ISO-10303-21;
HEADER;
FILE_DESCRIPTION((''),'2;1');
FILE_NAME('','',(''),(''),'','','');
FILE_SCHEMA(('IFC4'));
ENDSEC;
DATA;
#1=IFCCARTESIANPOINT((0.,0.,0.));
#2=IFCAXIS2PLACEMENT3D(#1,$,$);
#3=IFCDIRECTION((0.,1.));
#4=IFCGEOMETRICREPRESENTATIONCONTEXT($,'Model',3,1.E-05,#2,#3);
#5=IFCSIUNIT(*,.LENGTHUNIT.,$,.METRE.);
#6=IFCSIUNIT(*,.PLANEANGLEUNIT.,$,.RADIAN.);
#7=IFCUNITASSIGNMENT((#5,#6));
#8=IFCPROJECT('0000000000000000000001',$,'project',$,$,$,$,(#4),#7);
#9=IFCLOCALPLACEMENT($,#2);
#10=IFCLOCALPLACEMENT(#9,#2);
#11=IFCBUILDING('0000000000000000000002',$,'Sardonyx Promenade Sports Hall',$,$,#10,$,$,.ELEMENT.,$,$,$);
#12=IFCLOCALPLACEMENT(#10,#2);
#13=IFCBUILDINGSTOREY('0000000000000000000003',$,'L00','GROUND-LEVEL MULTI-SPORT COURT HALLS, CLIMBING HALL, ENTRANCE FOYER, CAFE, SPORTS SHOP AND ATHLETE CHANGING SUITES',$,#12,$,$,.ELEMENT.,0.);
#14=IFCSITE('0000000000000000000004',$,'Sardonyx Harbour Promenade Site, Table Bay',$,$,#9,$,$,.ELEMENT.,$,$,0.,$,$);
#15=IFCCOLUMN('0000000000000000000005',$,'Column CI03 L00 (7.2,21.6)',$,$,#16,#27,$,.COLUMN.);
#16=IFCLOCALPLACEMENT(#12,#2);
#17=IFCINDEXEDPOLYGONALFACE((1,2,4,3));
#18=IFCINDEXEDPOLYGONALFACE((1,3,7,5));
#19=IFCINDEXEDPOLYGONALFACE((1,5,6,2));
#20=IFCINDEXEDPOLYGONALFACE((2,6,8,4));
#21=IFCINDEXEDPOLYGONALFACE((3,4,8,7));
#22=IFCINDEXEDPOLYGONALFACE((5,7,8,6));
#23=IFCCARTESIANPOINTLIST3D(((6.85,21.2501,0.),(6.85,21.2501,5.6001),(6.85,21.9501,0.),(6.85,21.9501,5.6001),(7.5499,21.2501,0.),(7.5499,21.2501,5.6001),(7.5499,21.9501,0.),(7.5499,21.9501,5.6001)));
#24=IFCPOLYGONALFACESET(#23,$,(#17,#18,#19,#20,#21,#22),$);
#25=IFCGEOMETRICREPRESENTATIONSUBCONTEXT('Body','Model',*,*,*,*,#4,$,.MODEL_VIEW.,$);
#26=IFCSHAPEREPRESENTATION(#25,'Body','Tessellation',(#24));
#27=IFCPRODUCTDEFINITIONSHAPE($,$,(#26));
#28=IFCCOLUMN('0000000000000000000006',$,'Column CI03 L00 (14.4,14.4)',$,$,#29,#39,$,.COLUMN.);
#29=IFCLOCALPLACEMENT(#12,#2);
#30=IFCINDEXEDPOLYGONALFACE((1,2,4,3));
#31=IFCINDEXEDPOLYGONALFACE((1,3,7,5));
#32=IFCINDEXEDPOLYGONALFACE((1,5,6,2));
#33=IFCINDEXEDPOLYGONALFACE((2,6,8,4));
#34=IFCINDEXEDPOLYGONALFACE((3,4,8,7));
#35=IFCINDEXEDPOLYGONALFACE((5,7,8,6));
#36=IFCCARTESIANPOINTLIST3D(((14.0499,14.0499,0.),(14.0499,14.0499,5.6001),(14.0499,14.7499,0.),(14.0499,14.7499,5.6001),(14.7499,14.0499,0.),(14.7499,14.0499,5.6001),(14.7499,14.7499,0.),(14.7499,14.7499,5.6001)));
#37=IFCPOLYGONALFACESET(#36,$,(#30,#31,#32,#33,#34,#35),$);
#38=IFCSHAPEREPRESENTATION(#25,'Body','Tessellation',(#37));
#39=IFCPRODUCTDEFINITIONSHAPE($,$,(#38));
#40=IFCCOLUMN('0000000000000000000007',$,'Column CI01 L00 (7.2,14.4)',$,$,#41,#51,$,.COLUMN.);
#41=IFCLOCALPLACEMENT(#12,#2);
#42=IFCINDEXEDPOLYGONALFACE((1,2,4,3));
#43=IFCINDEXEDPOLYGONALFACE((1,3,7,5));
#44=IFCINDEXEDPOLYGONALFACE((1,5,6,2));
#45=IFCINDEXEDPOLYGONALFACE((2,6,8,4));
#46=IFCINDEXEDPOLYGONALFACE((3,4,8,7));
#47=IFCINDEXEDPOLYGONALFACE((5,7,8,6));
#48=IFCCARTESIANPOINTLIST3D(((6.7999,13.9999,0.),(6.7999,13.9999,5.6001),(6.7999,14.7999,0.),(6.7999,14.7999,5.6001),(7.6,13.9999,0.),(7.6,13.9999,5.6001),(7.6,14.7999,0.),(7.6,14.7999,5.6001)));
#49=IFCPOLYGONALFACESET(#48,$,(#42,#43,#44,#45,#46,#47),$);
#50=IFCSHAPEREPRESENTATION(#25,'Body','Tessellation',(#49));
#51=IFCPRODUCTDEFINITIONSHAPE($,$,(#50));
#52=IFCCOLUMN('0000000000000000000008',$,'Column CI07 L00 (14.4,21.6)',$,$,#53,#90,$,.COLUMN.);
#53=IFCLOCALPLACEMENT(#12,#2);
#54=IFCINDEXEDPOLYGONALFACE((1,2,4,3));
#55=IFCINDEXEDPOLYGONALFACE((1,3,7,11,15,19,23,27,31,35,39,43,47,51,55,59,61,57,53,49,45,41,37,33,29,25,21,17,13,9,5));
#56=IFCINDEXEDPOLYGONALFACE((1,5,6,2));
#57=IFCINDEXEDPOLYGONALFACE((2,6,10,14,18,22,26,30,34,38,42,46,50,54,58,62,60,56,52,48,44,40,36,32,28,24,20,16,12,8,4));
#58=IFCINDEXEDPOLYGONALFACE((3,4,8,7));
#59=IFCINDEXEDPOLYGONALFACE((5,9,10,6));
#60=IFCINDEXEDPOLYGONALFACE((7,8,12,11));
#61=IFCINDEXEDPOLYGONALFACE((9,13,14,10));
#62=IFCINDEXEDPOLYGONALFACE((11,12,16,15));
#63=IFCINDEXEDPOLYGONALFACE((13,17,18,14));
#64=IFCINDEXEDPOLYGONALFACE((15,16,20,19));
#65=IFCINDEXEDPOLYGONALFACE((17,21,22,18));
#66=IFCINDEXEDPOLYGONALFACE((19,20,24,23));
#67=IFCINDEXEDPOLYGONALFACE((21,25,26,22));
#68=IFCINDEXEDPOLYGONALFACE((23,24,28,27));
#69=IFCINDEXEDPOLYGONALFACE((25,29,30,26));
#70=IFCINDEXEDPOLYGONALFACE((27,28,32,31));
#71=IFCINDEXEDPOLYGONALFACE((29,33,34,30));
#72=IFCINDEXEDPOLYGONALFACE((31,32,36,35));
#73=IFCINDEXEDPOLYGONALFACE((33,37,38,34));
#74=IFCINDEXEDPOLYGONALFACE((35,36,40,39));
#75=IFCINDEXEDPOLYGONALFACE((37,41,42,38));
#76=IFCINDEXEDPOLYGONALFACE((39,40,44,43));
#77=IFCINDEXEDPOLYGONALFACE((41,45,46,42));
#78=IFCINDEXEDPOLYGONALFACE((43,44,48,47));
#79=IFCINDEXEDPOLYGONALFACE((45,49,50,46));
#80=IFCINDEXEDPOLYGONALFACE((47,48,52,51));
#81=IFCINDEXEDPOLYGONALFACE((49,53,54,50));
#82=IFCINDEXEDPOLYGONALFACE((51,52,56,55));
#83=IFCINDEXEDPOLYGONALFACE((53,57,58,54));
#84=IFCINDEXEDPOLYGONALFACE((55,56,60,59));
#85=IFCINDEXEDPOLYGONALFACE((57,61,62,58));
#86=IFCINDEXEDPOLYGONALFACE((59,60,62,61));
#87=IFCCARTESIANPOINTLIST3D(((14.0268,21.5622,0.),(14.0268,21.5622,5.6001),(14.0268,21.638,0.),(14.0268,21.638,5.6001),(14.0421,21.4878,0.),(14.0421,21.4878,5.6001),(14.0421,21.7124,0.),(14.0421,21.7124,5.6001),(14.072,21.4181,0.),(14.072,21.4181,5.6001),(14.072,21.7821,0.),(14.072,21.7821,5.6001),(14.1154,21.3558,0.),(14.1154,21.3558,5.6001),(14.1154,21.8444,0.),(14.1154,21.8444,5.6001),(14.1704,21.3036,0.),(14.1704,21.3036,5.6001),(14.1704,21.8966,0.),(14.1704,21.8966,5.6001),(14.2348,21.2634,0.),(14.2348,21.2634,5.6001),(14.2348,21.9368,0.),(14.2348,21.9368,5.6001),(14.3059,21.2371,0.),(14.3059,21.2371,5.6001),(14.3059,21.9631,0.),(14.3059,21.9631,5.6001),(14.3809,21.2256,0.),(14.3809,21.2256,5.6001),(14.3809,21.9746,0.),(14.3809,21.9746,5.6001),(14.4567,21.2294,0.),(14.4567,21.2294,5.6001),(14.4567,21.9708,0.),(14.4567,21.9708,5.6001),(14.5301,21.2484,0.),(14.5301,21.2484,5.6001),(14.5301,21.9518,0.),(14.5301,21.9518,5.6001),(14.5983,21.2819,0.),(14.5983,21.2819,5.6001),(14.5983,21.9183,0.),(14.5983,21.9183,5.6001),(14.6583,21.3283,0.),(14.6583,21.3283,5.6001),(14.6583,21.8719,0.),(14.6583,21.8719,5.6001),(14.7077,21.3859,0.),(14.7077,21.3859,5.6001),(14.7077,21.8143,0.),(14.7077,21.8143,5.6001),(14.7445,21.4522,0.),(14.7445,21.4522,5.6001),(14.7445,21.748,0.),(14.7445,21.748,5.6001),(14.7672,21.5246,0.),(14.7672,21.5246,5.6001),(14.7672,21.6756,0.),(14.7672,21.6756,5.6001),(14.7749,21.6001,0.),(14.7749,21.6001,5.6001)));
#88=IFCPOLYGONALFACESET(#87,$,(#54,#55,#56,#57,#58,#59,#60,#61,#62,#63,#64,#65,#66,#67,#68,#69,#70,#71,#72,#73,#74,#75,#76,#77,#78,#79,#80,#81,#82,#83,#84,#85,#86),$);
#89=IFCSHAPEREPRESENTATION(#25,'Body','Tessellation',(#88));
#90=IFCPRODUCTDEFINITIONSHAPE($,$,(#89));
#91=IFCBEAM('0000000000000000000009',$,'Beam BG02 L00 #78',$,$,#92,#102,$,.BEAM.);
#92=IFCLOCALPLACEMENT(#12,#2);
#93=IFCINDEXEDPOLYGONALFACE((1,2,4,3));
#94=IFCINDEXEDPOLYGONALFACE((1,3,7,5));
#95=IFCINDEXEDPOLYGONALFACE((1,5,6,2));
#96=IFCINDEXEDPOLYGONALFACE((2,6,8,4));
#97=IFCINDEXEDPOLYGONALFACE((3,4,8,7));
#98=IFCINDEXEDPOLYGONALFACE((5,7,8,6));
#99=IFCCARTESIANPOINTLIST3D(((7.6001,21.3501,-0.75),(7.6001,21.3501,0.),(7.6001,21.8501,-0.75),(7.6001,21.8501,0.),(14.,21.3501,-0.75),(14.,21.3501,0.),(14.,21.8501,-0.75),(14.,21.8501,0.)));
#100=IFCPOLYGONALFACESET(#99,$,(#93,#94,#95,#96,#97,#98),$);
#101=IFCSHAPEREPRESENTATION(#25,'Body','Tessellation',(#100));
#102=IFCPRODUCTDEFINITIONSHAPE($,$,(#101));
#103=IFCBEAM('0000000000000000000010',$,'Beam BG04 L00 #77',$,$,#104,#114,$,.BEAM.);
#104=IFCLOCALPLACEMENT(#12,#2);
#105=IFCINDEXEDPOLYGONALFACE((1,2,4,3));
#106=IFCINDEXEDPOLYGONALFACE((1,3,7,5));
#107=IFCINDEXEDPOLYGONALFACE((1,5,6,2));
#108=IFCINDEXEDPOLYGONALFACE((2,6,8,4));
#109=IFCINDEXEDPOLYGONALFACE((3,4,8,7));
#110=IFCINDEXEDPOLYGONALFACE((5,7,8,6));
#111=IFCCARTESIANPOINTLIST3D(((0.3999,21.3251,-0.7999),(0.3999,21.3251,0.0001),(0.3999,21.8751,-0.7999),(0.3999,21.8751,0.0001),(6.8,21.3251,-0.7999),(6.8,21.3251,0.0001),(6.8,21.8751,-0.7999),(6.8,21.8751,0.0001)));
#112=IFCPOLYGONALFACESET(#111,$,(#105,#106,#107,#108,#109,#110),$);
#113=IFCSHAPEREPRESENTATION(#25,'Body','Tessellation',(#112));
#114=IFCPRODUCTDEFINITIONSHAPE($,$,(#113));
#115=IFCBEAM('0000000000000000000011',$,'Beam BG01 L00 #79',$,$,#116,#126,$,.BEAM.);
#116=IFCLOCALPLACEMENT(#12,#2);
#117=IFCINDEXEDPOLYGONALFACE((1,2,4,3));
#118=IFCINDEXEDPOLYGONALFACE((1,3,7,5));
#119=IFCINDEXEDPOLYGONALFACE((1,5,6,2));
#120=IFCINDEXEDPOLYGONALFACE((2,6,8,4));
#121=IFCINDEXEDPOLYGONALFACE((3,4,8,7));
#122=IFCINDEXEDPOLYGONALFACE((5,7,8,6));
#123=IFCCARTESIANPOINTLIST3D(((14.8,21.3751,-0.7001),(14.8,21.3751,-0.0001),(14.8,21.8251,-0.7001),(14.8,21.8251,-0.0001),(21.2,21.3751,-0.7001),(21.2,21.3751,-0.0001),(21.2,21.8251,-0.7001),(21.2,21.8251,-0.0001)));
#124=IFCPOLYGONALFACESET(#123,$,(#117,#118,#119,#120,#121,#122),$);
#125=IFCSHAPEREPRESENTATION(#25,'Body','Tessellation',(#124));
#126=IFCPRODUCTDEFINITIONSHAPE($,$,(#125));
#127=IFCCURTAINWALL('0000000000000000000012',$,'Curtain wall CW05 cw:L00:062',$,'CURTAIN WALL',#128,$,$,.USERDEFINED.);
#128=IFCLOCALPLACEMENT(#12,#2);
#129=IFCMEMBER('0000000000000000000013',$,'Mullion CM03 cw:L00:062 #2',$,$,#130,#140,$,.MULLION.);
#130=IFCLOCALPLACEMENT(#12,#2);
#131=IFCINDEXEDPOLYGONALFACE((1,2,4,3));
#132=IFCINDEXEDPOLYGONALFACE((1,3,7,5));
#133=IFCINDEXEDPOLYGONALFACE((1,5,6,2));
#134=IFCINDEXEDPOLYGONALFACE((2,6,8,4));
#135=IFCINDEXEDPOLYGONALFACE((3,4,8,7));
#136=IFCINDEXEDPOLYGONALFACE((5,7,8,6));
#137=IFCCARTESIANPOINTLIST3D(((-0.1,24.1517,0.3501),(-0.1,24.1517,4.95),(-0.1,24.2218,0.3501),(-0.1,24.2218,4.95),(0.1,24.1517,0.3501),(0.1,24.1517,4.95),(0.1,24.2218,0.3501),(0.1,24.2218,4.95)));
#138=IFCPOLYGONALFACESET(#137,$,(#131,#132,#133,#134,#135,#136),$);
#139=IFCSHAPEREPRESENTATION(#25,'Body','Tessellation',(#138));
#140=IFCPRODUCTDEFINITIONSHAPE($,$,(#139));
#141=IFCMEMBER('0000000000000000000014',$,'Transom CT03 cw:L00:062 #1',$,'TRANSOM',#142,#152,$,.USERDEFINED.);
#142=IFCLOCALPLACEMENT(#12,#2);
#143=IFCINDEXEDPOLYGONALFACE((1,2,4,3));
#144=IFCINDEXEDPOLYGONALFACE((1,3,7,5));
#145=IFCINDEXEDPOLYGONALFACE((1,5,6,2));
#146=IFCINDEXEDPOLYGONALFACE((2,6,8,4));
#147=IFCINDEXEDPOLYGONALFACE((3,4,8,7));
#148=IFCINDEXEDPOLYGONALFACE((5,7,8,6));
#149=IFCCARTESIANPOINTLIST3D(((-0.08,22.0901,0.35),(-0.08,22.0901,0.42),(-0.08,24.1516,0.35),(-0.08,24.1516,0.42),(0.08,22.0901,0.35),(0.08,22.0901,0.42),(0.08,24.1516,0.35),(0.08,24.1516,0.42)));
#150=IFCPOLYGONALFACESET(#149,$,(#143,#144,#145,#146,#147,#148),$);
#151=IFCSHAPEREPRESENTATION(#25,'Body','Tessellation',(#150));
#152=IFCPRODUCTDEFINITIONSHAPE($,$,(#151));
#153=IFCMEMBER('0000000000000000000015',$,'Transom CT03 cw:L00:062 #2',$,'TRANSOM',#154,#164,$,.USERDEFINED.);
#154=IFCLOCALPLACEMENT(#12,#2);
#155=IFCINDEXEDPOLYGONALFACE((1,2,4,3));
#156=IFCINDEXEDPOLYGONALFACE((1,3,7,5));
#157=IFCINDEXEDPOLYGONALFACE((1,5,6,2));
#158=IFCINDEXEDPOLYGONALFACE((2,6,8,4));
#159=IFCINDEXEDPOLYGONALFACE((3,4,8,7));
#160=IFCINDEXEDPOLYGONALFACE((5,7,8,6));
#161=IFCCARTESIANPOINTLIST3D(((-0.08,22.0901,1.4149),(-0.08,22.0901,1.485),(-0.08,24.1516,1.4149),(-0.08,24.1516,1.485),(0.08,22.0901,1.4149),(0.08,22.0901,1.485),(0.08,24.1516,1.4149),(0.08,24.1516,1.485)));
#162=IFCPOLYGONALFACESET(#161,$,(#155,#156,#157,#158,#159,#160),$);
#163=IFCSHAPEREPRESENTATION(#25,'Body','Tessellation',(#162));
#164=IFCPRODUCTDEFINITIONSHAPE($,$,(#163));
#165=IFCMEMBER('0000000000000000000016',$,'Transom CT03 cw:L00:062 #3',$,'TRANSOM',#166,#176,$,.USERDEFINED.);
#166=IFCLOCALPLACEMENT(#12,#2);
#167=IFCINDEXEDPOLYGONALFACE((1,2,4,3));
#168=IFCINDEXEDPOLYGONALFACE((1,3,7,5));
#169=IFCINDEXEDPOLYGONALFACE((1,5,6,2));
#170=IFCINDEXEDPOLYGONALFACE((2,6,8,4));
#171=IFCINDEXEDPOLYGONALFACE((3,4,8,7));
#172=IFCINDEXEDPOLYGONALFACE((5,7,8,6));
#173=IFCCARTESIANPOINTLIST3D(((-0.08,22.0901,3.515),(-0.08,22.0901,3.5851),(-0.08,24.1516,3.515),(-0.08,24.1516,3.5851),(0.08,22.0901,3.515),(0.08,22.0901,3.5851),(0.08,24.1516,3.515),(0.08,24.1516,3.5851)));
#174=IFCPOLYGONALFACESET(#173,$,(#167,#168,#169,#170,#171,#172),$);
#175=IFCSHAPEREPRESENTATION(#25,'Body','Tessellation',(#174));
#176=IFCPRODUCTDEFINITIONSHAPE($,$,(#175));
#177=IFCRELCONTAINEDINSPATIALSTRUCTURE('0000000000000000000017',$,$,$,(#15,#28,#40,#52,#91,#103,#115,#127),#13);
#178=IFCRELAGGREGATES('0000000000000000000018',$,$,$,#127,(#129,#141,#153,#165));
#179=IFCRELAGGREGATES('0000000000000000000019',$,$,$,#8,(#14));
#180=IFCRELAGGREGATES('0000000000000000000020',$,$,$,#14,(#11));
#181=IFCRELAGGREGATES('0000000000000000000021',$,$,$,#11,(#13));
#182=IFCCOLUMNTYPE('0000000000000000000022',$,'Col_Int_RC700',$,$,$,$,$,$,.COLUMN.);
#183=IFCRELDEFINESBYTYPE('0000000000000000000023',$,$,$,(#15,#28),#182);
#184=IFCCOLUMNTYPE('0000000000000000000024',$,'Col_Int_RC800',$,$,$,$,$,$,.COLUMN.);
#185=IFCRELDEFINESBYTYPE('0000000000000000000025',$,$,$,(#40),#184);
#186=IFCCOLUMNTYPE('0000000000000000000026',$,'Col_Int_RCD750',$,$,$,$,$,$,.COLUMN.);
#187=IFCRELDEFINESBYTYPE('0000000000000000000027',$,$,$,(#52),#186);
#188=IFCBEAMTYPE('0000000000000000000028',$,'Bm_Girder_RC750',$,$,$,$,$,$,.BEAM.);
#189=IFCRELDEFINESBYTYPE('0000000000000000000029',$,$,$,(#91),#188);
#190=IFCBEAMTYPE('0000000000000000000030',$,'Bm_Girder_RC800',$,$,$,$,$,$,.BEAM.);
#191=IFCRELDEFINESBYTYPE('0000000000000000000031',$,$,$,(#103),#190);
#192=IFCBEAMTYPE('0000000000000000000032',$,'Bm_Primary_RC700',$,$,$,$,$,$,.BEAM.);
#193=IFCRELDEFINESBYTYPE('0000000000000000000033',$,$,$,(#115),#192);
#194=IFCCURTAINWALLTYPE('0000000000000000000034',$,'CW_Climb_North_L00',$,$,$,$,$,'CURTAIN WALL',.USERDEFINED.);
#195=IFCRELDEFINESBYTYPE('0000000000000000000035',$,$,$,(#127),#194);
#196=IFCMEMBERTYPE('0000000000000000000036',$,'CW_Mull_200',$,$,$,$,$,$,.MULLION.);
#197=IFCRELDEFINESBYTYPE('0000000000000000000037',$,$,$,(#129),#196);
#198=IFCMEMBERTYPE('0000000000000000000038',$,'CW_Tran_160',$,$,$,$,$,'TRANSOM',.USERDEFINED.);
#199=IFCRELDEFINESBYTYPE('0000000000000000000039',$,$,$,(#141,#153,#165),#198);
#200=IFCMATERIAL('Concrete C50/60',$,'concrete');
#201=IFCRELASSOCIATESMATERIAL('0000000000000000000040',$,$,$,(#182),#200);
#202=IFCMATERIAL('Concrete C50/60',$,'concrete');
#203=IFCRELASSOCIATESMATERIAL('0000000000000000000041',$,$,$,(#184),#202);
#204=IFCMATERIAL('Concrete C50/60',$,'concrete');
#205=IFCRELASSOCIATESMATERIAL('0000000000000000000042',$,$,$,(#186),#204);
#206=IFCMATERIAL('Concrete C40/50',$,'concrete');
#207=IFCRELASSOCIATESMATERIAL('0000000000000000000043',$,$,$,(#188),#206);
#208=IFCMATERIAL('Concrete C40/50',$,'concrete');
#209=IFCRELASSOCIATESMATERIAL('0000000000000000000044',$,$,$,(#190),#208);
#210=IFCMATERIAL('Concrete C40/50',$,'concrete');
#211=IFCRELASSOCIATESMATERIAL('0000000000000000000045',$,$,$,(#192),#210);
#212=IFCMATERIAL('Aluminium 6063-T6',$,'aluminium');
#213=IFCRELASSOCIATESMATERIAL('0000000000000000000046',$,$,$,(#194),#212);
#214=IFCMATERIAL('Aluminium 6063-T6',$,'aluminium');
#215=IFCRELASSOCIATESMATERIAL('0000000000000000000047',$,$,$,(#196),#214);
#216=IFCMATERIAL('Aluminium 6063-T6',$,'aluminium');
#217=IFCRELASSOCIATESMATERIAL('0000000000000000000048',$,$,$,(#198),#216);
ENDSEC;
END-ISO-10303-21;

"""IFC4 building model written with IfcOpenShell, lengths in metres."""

from ifc_helpers import new_model, si_unit, direction, frame, origin, origin_2d, place, context, subcontext, project, spatial, rectangle, circle, extrude, material, material_profile, profile_set, type_object, element, aggregate, save


model = new_model("IFC4")

# Units and contexts
model_context = context("Model", 3, precision=1e-05, world=origin(), true_north=direction((0.0, 1.0)))
body_context = subcontext(model_context, "Body", "Model", "MODEL_VIEW")
ifc_project = project(units=[si_unit("LENGTHUNIT", "METRE"), si_unit("PLANEANGLEUNIT", "RADIAN")], contexts=[model_context])

# Site, building, storey
site_placement = place(None, origin())
site = spatial("IfcSite", under=ifc_project, at=site_placement, Name="Sardonyx Harbour Promenade Site, Table Bay", CompositionType="ELEMENT", RefElevation=0.0)
building_placement = place(site_placement, origin())
building = spatial("IfcBuilding", under=site, at=building_placement, Name="Sardonyx Promenade Sports Hall", CompositionType="ELEMENT")
storey_placement = place(building_placement, origin())
storey = spatial("IfcBuildingStorey", under=building, at=storey_placement, Name="L00", Description="GROUND-LEVEL MULTI-SPORT COURT HALLS, CLIMBING HALL, ENTRANCE FOYER, CAFE, SPORTS SHOP AND ATHLETE CHANGING SUITES", CompositionType="ELEMENT", Elevation=0.0)

# Columns
ifc_material_1 = material(Name="Concrete C50/60", Category="concrete")
ifc_material_profile_1 = material_profile(ifc_material_1, rectangle(XDim=0.7, YDim=0.7, at=origin_2d()))
ifc_profile_set_1 = profile_set([ifc_material_profile_1], Name="Concrete C50/60")
column_type_1 = type_object("IfcColumnType", Name="Col_Int_RC700", PredefinedType="COLUMN", material=ifc_profile_set_1)
for number, where, z_axis, x_axis, name in (
    (1, (7.2, 21.6001, 0.0), (0.0, 0.0, 1.0), (1.0, 0.0, 0.0), "Column CI03 L00 (7.2,21.6)"),
    (2, (14.3999, 14.3999, 0.0), (0.0, 0.0, 1.0), (1.0, 0.0, 0.0), "Column CI03 L00 (14.4,14.4)"),
):
    element("IfcColumn", number, at=place(storey_placement, frame(where, z_axis=z_axis, x_axis=x_axis)), inside=storey, type_object=column_type_1, Name=name, PredefinedType="COLUMN", context=body_context, shape_type="SweptSolid", body=[
        extrude(rectangle(XDim=0.7, YDim=0.7, at=origin_2d()), origin(), (0.0, 0.0, 1.0), 5.6001),
    ])
ifc_material_2 = material(Name="Concrete C50/60", Category="concrete")
ifc_material_profile_2 = material_profile(ifc_material_2, rectangle(XDim=0.8, YDim=0.8, at=origin_2d()))
ifc_profile_set_2 = profile_set([ifc_material_profile_2], Name="Concrete C50/60")
column_type_2 = type_object("IfcColumnType", Name="Col_Int_RC800", PredefinedType="COLUMN", material=ifc_profile_set_2)
column_1_placement = place(storey_placement, frame((7.2, 14.3999, 0.0), z_axis=(0.0, 0.0, 1.0), x_axis=(1.0, 0.0, 0.0)))
element("IfcColumn", 3, at=column_1_placement, inside=storey, type_object=column_type_2, Name="Column CI01 L00 (7.2,14.4)", PredefinedType="COLUMN", context=body_context, shape_type="SweptSolid", body=[
    extrude(rectangle(XDim=0.8, YDim=0.8, at=origin_2d()), origin(), (0.0, 0.0, 1.0), 5.6001),
])
ifc_material_3 = material(Name="Concrete C50/60", Category="concrete")
ifc_material_profile_3 = material_profile(ifc_material_3, circle(Radius=0.375, at=origin_2d()))
ifc_profile_set_3 = profile_set([ifc_material_profile_3], Name="Concrete C50/60")
column_type_3 = type_object("IfcColumnType", Name="Col_Int_RCD750", PredefinedType="COLUMN", material=ifc_profile_set_3)
column_2_placement = place(storey_placement, frame((14.3999, 21.6001, 0.0), z_axis=(0.0, 0.0, 1.0), x_axis=(1.0, 0.0, 0.0)))
element("IfcColumn", 4, at=column_2_placement, inside=storey, type_object=column_type_3, Name="Column CI07 L00 (14.4,21.6)", PredefinedType="COLUMN", context=body_context, shape_type="SweptSolid", body=[
    extrude(circle(Radius=0.375, at=origin_2d()), origin(), (0.0, 0.0, 1.0), 5.6001),
])

# Beams
ifc_material_4 = material(Name="Concrete C40/50", Category="concrete")
ifc_material_profile_4 = material_profile(ifc_material_4, rectangle(XDim=0.5, YDim=0.75, at=origin_2d()))
ifc_profile_set_4 = profile_set([ifc_material_profile_4], Name="Concrete C40/50")
beam_type_1 = type_object("IfcBeamType", Name="Bm_Girder_RC750", PredefinedType="BEAM", material=ifc_profile_set_4)
beam_1_placement = place(storey_placement, frame((7.6001, 21.6001, -0.375), z_axis=(1.0, 0.0, 0.0), x_axis=(0.0, 1.0, 0.0)))
element("IfcBeam", 5, at=beam_1_placement, inside=storey, type_object=beam_type_1, Name="Beam BG02 L00 #78", PredefinedType="BEAM", context=body_context, shape_type="SweptSolid", body=[
    extrude(rectangle(XDim=0.5, YDim=0.75, at=origin_2d()), origin(), (0.0, 0.0, 1.0), 6.3999),
])
ifc_material_5 = material(Name="Concrete C40/50", Category="concrete")
ifc_material_profile_5 = material_profile(ifc_material_5, rectangle(XDim=0.55, YDim=0.8, at=origin_2d()))
ifc_profile_set_5 = profile_set([ifc_material_profile_5], Name="Concrete C40/50")
beam_type_2 = type_object("IfcBeamType", Name="Bm_Girder_RC800", PredefinedType="BEAM", material=ifc_profile_set_5)
beam_2_placement = place(storey_placement, frame((0.3999, 21.6001, -0.3999), z_axis=(1.0, 0.0, 0.0), x_axis=(0.0, 1.0, 0.0)))
element("IfcBeam", 6, at=beam_2_placement, inside=storey, type_object=beam_type_2, Name="Beam BG04 L00 #77", PredefinedType="BEAM", context=body_context, shape_type="SweptSolid", body=[
    extrude(rectangle(XDim=0.55, YDim=0.8, at=origin_2d()), origin(), (0.0, 0.0, 1.0), 6.4001),
])
ifc_material_6 = material(Name="Concrete C40/50", Category="concrete")
ifc_material_profile_6 = material_profile(ifc_material_6, rectangle(XDim=0.45, YDim=0.7, at=origin_2d()))
ifc_profile_set_6 = profile_set([ifc_material_profile_6], Name="Concrete C40/50")
beam_type_3 = type_object("IfcBeamType", Name="Bm_Primary_RC700", PredefinedType="BEAM", material=ifc_profile_set_6)
beam_3_placement = place(storey_placement, frame((14.8, 21.6001, -0.3501), z_axis=(1.0, 0.0, 0.0), x_axis=(0.0, 1.0, 0.0)))
element("IfcBeam", 7, at=beam_3_placement, inside=storey, type_object=beam_type_3, Name="Beam BG01 L00 #79", PredefinedType="BEAM", context=body_context, shape_type="SweptSolid", body=[
    extrude(rectangle(XDim=0.45, YDim=0.7, at=origin_2d()), origin(), (0.0, 0.0, 1.0), 6.3999),
])

# Curtain wall, members
ifc_material_7 = material(Name="Aluminium 6063-T6", Category="aluminium")
curtain_wall_type = type_object("IfcCurtainWallType", Name="CW_Climb_North_L00", ElementType="CURTAIN WALL", PredefinedType="USERDEFINED", material=ifc_material_7)
curtain_wall_placement = place(storey_placement, origin())
curtain_wall = element("IfcCurtainWall", 8, at=curtain_wall_placement, inside=storey, type_object=curtain_wall_type, Name="Curtain wall CW05 cw:L00:062", ObjectType="CURTAIN WALL", PredefinedType="USERDEFINED")
ifc_material_8 = material(Name="Aluminium 6063-T6", Category="aluminium")
ifc_material_profile_7 = material_profile(ifc_material_8, rectangle(XDim=0.0701, YDim=0.2, at=origin_2d()))
ifc_profile_set_7 = profile_set([ifc_material_profile_7], Name="Aluminium 6063-T6")
member_type_1 = type_object("IfcMemberType", Name="CW_Mull_200", PredefinedType="MULLION", material=ifc_profile_set_7)
member_1_placement = place(storey_placement, frame((0.0, 24.1868, 0.3501), z_axis=(0.0, 0.0, 1.0), x_axis=(0.0, 1.0, 0.0)))
member_1 = element("IfcMember", 9, at=member_1_placement, type_object=member_type_1, Name="Mullion CM03 cw:L00:062 #2", PredefinedType="MULLION", context=body_context, shape_type="SweptSolid", body=[
    extrude(rectangle(XDim=0.0701, YDim=0.2, at=origin_2d()), origin(), (0.0, 0.0, 1.0), 4.5999),
])
ifc_material_9 = material(Name="Aluminium 6063-T6", Category="aluminium")
ifc_material_profile_8 = material_profile(ifc_material_9, rectangle(XDim=0.0701, YDim=0.1599, at=origin_2d()))
ifc_profile_set_8 = profile_set([ifc_material_profile_8], Name="Aluminium 6063-T6")
member_type_2 = type_object("IfcMemberType", Name="CW_Tran_160", ElementType="TRANSOM", PredefinedType="USERDEFINED", material=ifc_profile_set_8)
member_2_placement = place(storey_placement, frame((0.0, 22.0901, 0.385), z_axis=(0.0, 1.0, 0.0), x_axis=(0.0, 0.0, 1.0)))
member_2 = element("IfcMember", 10, at=member_2_placement, type_object=member_type_2, Name="Transom CT03 cw:L00:062 #1", ObjectType="TRANSOM", PredefinedType="USERDEFINED", context=body_context, shape_type="SweptSolid", body=[
    extrude(rectangle(XDim=0.0701, YDim=0.1599, at=origin_2d()), origin(), (0.0, 0.0, 1.0), 2.0615),
])
member_3_placement = place(storey_placement, frame((0.0, 22.0901, 1.45), z_axis=(0.0, 1.0, 0.0), x_axis=(0.0, 0.0, 1.0)))
member_3 = element("IfcMember", 11, at=member_3_placement, type_object=member_type_2, Name="Transom CT03 cw:L00:062 #2", ObjectType="TRANSOM", PredefinedType="USERDEFINED", context=body_context, shape_type="SweptSolid", body=[
    extrude(rectangle(XDim=0.0701, YDim=0.1599, at=origin_2d()), origin(), (0.0, 0.0, 1.0), 2.0615),
])
member_4_placement = place(storey_placement, frame((0.0, 22.0901, 3.55), z_axis=(0.0, 1.0, 0.0), x_axis=(0.0, 0.0, 1.0)))
member_4 = element("IfcMember", 12, at=member_4_placement, type_object=member_type_2, Name="Transom CT03 cw:L00:062 #3", ObjectType="TRANSOM", PredefinedType="USERDEFINED", context=body_context, shape_type="SweptSolid", body=[
    extrude(rectangle(XDim=0.0701, YDim=0.1599, at=origin_2d()), origin(), (0.0, 0.0, 1.0), 2.0615),
])
aggregate(curtain_wall, [member_1, member_2, member_3, member_4])

save(model, "model.ifc")
